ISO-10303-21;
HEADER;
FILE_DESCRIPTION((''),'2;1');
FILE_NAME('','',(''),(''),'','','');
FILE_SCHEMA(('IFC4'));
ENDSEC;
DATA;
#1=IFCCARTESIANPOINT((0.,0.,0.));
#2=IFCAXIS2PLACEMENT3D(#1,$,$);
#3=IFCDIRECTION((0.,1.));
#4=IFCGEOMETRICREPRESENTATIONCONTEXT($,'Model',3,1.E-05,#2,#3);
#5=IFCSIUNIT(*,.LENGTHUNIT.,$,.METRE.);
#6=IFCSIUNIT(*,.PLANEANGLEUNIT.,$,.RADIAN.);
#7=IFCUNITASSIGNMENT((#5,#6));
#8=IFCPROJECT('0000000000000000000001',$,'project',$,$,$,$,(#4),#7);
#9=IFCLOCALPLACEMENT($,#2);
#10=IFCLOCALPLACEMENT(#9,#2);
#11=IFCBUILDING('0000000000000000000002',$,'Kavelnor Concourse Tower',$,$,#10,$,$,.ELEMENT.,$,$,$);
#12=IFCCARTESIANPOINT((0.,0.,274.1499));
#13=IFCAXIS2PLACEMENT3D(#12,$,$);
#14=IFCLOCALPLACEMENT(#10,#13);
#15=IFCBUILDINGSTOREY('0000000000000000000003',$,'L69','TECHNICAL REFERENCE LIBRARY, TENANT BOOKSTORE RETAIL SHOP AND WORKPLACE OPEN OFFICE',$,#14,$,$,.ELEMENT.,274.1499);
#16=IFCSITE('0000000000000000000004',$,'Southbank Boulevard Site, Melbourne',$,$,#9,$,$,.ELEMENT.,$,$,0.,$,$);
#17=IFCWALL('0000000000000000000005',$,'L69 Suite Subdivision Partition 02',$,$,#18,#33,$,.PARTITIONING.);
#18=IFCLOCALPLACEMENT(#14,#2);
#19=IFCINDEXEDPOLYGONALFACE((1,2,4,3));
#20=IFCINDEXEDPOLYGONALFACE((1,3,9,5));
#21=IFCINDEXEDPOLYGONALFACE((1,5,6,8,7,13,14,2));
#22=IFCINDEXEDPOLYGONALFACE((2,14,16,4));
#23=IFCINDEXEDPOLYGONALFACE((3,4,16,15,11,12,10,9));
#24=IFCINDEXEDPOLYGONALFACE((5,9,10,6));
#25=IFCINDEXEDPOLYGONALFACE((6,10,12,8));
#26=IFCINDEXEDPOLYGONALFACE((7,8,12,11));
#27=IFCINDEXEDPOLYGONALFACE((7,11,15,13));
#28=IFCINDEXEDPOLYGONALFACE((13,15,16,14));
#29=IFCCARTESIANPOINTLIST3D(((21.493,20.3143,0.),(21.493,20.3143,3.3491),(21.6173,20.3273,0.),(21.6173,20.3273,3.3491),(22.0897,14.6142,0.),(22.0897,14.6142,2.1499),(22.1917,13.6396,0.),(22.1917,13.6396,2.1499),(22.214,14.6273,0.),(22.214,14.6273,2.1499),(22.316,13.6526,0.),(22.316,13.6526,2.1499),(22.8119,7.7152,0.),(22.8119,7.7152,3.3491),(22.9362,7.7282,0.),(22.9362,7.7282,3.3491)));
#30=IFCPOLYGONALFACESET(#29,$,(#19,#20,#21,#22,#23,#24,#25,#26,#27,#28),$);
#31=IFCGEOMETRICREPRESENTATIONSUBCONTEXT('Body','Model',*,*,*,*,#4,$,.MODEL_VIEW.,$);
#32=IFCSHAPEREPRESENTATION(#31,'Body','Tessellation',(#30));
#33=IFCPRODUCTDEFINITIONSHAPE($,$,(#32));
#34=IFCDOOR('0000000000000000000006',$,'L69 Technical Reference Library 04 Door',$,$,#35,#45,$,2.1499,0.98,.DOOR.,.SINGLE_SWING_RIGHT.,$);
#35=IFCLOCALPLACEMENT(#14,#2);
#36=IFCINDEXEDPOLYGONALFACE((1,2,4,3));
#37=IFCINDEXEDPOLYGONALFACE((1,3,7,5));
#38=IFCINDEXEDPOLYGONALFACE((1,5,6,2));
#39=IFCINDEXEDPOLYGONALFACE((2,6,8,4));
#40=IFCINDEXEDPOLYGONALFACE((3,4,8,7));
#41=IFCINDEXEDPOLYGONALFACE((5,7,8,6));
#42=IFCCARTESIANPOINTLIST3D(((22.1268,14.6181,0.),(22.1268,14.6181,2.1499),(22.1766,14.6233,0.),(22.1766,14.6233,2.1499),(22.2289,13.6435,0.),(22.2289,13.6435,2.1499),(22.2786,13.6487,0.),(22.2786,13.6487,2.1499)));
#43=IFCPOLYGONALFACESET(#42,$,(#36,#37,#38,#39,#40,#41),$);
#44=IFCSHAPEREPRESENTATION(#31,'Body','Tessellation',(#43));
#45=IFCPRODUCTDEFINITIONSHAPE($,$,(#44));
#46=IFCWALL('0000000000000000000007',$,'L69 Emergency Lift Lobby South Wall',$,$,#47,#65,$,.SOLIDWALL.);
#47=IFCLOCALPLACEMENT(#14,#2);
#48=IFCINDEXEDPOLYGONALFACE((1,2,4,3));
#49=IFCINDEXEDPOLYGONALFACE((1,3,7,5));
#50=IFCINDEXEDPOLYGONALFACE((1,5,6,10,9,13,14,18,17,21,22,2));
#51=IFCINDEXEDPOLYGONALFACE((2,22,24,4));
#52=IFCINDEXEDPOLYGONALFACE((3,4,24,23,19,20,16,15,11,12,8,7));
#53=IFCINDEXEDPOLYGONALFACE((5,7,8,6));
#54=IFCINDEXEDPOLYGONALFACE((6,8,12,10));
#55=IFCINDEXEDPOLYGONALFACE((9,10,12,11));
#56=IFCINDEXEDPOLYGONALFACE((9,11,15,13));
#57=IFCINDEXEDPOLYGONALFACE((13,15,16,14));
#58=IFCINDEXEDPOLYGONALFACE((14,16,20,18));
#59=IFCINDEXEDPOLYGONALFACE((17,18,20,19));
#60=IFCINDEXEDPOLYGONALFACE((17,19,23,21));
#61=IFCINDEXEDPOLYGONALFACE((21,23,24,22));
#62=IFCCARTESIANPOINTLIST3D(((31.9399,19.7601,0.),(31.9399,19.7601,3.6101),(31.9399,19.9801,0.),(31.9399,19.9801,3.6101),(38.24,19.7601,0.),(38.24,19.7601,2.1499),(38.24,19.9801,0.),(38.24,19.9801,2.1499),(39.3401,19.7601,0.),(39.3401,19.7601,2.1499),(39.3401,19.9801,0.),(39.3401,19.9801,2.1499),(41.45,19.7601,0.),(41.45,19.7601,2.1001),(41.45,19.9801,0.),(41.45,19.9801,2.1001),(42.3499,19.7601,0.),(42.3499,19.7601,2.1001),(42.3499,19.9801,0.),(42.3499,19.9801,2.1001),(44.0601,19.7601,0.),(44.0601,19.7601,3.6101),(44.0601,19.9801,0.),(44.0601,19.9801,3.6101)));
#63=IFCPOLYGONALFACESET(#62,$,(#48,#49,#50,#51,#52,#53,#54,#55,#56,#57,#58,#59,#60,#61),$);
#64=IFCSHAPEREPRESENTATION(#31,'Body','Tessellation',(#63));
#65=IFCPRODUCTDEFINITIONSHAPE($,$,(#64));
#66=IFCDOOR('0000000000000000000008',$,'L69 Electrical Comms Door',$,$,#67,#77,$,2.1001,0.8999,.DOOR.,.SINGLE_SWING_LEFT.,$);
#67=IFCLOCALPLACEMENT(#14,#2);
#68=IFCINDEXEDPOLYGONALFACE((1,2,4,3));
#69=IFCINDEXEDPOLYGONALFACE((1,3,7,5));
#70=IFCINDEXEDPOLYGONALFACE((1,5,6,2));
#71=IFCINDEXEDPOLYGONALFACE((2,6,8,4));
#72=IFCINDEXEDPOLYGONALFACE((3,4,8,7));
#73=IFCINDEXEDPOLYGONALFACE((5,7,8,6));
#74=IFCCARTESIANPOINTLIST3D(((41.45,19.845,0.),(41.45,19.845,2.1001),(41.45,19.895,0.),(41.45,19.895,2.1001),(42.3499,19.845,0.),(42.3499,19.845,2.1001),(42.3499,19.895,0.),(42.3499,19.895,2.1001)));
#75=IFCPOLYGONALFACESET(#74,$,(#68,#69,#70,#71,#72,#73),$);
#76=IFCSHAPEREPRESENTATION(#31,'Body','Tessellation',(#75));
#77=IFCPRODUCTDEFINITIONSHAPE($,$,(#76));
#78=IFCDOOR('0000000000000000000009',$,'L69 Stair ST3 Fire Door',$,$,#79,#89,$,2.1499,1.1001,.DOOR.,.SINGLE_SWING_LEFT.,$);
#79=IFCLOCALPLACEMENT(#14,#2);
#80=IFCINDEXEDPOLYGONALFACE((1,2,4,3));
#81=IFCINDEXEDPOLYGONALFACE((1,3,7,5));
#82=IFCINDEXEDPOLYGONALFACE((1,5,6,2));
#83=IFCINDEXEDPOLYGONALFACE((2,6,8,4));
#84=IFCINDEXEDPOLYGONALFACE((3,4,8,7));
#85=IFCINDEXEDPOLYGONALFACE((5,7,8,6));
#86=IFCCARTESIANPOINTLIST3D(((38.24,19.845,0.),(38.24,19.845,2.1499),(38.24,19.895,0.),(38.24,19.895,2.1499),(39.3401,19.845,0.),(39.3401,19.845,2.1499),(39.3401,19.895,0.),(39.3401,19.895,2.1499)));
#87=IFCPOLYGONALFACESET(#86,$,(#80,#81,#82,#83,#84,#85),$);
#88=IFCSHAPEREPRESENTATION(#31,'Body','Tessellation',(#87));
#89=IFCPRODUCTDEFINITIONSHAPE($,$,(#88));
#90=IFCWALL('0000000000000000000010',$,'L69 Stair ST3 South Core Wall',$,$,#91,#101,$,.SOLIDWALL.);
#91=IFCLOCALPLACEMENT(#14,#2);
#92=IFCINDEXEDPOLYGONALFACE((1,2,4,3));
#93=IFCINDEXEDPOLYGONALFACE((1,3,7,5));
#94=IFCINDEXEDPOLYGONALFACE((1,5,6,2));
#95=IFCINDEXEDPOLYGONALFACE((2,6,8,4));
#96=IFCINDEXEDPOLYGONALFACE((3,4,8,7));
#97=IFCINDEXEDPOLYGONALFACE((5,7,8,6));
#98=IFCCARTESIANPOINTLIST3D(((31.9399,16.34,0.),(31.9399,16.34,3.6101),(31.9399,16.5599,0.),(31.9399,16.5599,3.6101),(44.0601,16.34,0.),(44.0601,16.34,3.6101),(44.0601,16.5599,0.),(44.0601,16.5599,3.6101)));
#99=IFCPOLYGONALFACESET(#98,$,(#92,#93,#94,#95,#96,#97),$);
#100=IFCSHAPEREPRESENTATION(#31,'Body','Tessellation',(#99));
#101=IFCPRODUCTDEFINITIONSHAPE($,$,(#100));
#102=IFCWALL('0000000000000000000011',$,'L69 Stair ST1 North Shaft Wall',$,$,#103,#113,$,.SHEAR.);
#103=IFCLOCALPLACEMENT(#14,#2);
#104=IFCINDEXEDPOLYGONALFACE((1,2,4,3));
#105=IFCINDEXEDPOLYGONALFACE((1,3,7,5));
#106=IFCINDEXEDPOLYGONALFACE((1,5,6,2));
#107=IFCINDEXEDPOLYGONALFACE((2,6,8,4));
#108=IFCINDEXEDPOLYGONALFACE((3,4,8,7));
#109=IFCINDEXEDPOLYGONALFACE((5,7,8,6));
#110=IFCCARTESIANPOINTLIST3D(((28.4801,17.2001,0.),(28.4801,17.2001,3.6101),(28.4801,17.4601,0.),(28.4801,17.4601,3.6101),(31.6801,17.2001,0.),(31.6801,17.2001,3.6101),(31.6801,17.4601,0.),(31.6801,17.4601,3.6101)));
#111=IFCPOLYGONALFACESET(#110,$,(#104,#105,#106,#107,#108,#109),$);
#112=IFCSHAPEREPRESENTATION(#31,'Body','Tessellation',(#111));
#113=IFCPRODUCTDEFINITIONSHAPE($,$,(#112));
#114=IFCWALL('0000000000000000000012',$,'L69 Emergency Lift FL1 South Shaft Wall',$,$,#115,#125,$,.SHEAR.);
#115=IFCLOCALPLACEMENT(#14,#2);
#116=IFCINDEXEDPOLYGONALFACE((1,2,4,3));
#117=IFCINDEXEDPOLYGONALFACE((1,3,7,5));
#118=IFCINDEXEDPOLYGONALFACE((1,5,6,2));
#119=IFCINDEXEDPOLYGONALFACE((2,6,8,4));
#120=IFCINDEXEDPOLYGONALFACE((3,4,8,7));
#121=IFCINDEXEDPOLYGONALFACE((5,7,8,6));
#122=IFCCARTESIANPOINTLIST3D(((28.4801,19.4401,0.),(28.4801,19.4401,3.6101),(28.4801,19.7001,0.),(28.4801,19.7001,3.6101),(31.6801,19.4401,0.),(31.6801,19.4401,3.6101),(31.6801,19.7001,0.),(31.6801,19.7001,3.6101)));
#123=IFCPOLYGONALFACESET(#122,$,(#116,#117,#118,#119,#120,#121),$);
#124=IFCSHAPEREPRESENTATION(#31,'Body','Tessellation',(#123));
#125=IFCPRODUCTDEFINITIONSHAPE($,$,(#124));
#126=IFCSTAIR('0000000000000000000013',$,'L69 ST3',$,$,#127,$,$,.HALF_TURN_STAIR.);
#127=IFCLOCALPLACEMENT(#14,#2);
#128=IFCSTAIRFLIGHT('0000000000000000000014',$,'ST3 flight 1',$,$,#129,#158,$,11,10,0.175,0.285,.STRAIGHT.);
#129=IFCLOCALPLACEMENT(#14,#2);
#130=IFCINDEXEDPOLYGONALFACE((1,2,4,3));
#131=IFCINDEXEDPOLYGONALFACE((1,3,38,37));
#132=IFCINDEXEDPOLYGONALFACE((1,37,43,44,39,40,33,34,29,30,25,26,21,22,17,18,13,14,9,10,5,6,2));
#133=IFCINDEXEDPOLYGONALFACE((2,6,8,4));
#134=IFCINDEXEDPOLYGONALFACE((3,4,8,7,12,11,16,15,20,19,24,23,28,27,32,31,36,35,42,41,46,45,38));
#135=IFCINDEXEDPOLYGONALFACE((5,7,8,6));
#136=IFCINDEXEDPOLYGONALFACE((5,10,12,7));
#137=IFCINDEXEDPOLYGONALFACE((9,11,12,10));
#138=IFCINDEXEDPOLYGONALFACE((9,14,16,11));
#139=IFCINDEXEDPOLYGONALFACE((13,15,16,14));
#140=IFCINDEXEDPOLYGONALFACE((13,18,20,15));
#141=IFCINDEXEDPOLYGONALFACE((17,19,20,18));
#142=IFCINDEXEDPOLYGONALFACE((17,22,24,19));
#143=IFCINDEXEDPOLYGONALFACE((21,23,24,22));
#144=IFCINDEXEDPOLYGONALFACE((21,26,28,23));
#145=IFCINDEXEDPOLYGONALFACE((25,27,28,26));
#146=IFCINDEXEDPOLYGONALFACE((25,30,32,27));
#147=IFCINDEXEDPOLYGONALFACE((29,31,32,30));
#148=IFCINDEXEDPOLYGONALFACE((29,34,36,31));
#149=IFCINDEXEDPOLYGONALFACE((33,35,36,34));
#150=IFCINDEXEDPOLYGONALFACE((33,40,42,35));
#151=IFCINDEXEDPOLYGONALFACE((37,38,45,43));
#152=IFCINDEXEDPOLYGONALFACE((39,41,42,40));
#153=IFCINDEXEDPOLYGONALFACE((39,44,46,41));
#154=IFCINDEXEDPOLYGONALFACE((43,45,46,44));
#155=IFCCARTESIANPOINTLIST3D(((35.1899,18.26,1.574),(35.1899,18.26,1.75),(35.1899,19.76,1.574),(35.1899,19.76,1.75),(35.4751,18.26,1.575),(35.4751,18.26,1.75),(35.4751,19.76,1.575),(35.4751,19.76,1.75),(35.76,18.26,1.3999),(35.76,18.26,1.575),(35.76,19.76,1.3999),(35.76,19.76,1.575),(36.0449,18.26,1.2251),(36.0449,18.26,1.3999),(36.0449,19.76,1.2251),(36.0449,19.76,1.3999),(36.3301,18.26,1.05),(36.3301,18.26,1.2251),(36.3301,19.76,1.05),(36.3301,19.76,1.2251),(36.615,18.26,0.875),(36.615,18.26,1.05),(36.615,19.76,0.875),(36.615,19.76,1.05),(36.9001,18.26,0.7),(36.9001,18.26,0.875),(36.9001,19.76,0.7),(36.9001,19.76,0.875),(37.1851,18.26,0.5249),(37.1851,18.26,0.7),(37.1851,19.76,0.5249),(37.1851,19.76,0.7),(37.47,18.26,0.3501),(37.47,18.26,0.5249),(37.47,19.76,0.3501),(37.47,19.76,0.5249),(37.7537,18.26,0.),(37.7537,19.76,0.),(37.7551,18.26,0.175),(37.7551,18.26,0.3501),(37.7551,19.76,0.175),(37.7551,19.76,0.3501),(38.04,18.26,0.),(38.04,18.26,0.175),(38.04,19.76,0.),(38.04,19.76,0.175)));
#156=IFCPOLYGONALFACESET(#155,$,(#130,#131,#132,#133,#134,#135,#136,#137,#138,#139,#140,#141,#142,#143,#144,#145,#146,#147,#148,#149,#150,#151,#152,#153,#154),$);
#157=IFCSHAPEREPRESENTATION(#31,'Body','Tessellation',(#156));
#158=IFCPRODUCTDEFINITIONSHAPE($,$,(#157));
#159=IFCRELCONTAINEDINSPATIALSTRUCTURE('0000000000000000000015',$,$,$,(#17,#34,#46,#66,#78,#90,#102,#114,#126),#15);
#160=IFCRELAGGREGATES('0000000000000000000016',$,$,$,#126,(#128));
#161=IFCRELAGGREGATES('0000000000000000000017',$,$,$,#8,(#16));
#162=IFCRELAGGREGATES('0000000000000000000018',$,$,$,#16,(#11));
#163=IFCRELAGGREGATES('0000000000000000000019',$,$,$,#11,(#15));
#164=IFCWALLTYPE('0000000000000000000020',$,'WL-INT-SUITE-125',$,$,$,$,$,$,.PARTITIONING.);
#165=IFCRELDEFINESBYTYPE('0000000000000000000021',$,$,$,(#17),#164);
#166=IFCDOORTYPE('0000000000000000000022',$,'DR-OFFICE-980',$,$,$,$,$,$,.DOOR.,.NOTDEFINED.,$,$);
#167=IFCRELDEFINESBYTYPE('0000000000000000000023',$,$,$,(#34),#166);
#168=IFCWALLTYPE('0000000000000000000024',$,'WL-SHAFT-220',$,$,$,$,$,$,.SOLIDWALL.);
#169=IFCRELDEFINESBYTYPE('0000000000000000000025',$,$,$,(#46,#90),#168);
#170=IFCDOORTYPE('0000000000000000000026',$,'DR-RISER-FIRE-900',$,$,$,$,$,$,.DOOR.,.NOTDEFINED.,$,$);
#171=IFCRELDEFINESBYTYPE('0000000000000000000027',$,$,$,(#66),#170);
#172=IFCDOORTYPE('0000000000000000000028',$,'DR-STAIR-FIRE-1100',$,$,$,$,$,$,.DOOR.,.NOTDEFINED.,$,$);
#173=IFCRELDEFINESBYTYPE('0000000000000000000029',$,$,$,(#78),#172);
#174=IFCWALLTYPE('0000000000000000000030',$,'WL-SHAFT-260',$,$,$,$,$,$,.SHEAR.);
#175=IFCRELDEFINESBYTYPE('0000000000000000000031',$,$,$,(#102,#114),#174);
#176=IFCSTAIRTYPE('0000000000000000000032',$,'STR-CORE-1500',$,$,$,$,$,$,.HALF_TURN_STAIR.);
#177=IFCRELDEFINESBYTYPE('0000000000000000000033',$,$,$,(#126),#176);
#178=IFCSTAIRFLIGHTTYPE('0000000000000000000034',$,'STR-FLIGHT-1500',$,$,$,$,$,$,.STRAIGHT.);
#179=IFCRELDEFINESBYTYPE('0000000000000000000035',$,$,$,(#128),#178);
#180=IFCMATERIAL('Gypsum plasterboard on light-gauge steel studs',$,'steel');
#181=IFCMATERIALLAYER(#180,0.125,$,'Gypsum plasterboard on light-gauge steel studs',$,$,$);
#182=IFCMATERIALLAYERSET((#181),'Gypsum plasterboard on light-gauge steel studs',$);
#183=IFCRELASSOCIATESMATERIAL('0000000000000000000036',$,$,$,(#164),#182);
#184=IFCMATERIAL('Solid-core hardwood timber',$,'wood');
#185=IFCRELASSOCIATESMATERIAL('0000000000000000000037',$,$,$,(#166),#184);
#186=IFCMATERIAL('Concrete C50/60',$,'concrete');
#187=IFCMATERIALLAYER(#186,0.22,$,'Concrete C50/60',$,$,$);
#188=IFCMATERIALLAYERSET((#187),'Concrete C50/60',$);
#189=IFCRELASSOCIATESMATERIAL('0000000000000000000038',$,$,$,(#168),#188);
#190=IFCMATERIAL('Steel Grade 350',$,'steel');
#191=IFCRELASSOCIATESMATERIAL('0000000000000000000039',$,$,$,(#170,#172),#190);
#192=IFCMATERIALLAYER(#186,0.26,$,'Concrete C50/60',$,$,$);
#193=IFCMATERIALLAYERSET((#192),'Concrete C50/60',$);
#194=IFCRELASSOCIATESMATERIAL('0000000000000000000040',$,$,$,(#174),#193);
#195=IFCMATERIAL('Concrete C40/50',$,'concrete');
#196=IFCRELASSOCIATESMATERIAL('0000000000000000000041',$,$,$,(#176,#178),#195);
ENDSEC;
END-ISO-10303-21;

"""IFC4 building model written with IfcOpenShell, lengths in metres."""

from ifc_helpers import new_model, si_unit, direction, frame, frame_2d, origin, place, context, subcontext, project, spatial, polyline, rectangle, outline, extrude, material, layer, layer_set, type_object, element, fill, aggregate, save


model = new_model("IFC4")

# Units and contexts
model_context = context("Model", 3, precision=1e-05, world=origin(), true_north=direction((0.0, 1.0)))
body_context = subcontext(model_context, "Body", "Model", "MODEL_VIEW")
ifc_project = project(units=[si_unit("LENGTHUNIT", "METRE"), si_unit("PLANEANGLEUNIT", "RADIAN")], contexts=[model_context])

# Site, building, storey
site_placement = place(None, origin())
site = spatial("IfcSite", under=ifc_project, at=site_placement, Name="Southbank Boulevard Site, Melbourne", CompositionType="ELEMENT", RefElevation=0.0)
building_placement = place(site_placement, origin())
building = spatial("IfcBuilding", under=site, at=building_placement, Name="Kavelnor Concourse Tower", CompositionType="ELEMENT")
storey_placement = place(building_placement, frame((0.0, 0.0, 274.1499)))
storey = spatial("IfcBuildingStorey", under=building, at=storey_placement, Name="L69", Description="TECHNICAL REFERENCE LIBRARY, TENANT BOOKSTORE RETAIL SHOP AND WORKPLACE OPEN OFFICE", CompositionType="ELEMENT", Elevation=274.1499)

# Shared definitions
ifc_material_1 = material(Name="Steel Grade 350", Category="steel")

# Shared definitions
ifc_material_2 = material(Name="Concrete C50/60", Category="concrete")

# Wall, opening, door
ifc_material_3 = material(Name="Gypsum plasterboard on light-gauge steel studs", Category="steel")
ifc_layer_1 = layer(ifc_material_3, 0.125, Name="Gypsum plasterboard on light-gauge steel studs")
ifc_layer_set_1 = layer_set([ifc_layer_1], Name="Gypsum plasterboard on light-gauge steel studs")
wall_type_1 = type_object("IfcWallType", Name="WL-INT-SUITE-125", PredefinedType="PARTITIONING", material=ifc_layer_set_1)
wall_1_placement = place(storey_placement, frame((21.5552, 20.3208, 0.0), z_axis=(0.0, 0.0, 1.0), x_axis=(0.104109, -0.994566, 0.0)))
wall_1 = element("IfcWall", 1, at=wall_1_placement, inside=storey, type_object=wall_type_1, Name="L69 Suite Subdivision Partition 02", PredefinedType="PARTITIONING", context=body_context, shape_type="SweptSolid", body=[
    extrude(rectangle(XDim=12.668, YDim=0.125, at=frame_2d((6.334, 0.0))), origin(), (0.0, 0.0, 1.0), 3.3491),
])
opening_1_placement = place(wall_1_placement, frame((5.7312, 0.0, 0.0)))
opening_1 = element("IfcOpeningElement", 2, at=opening_1_placement, cuts=wall_1, PredefinedType="OPENING", context=body_context, shape_type="SweptSolid", body=[
    extrude(rectangle(XDim=0.98, YDim=2.1499, at=frame_2d((0.49, 1.075))), frame((0.0, 0.0725, 0.0), z_axis=(0.0, -1.0, 0.0), x_axis=(1.0, 0.0, 0.0)), (0.0, 0.0, 1.0), 0.145),
])
ifc_material_4 = material(Name="Solid-core hardwood timber", Category="wood")
door_type_1 = type_object("IfcDoorType", Name="DR-OFFICE-980", OperationType="NOTDEFINED", PredefinedType="DOOR", material=ifc_material_4)
door_1_placement = place(opening_1_placement, origin())
door_1 = element("IfcDoor", 3, at=door_1_placement, inside=storey, type_object=door_type_1, Name="L69 Technical Reference Library 04 Door", OperationType="SINGLE_SWING_RIGHT", OverallHeight=2.1499, OverallWidth=0.98, PredefinedType="DOOR", context=body_context, shape_type="SweptSolid", body=[
    extrude(rectangle(XDim=0.98, YDim=2.1499, at=frame_2d((0.49, 1.075))), frame((0.0, 0.0249, 0.0), z_axis=(0.0, -1.0, 0.0), x_axis=(1.0, 0.0, 0.0)), (0.0, 0.0, 1.0), 0.05),
])
fill(opening_1, door_1)

# Wall, openings, doors
ifc_layer_2 = layer(ifc_material_2, 0.22, Name="Concrete C50/60")
ifc_layer_set_2 = layer_set([ifc_layer_2], Name="Concrete C50/60")
wall_type_2 = type_object("IfcWallType", Name="WL-SHAFT-220", PredefinedType="SOLIDWALL", material=ifc_layer_set_2)
wall_2_placement = place(storey_placement, frame((31.9399, 19.8701, 0.0), z_axis=(0.0, 0.0, 1.0), x_axis=(1.0, 0.0, 0.0)))
wall_2 = element("IfcWall", 4, at=wall_2_placement, inside=storey, type_object=wall_type_2, Name="L69 Emergency Lift Lobby South Wall", PredefinedType="SOLIDWALL", context=body_context, shape_type="SweptSolid", body=[
    extrude(rectangle(XDim=12.1201, YDim=0.22, at=frame_2d((6.0601, 0.0))), origin(), (0.0, 0.0, 1.0), 3.6101),
])
opening_2_placement = place(wall_2_placement, frame((6.3, 0.0, 0.0)))
opening_2 = element("IfcOpeningElement", 5, at=opening_2_placement, cuts=wall_2, PredefinedType="OPENING", context=body_context, shape_type="SweptSolid", body=[
    extrude(rectangle(XDim=1.1001, YDim=2.1499, at=frame_2d((0.55, 1.075))), frame((0.0, 0.1201, 0.0), z_axis=(0.0, -1.0, 0.0), x_axis=(1.0, 0.0, 0.0)), (0.0, 0.0, 1.0), 0.24),
])
opening_3_placement = place(wall_2_placement, frame((9.51, 0.0, 0.0)))
opening_3 = element("IfcOpeningElement", 6, at=opening_3_placement, cuts=wall_2, PredefinedType="OPENING", context=body_context, shape_type="SweptSolid", body=[
    extrude(rectangle(XDim=0.8999, YDim=2.1001, at=frame_2d((0.45, 1.05))), frame((0.0, 0.1201, 0.0), z_axis=(0.0, -1.0, 0.0), x_axis=(1.0, 0.0, 0.0)), (0.0, 0.0, 1.0), 0.24),
])
door_type_2 = type_object("IfcDoorType", Name="DR-RISER-FIRE-900", OperationType="NOTDEFINED", PredefinedType="DOOR", material=ifc_material_1)
door_2_placement = place(opening_3_placement, origin())
door_2 = element("IfcDoor", 7, at=door_2_placement, inside=storey, type_object=door_type_2, Name="L69 Electrical Comms Door", OperationType="SINGLE_SWING_LEFT", OverallHeight=2.1001, OverallWidth=0.8999, PredefinedType="DOOR", context=body_context, shape_type="SweptSolid", body=[
    extrude(rectangle(XDim=0.8999, YDim=2.1001, at=frame_2d((0.45, 1.05))), frame((0.0, 0.0249, 0.0), z_axis=(0.0, -1.0, 0.0), x_axis=(1.0, 0.0, 0.0)), (0.0, 0.0, 1.0), 0.05),
])
fill(opening_3, door_2)
door_type_3 = type_object("IfcDoorType", Name="DR-STAIR-FIRE-1100", OperationType="NOTDEFINED", PredefinedType="DOOR", material=ifc_material_1)
door_3_placement = place(opening_2_placement, origin())
door_3 = element("IfcDoor", 8, at=door_3_placement, inside=storey, type_object=door_type_3, Name="L69 Stair ST3 Fire Door", OperationType="SINGLE_SWING_LEFT", OverallHeight=2.1499, OverallWidth=1.1001, PredefinedType="DOOR", context=body_context, shape_type="SweptSolid", body=[
    extrude(rectangle(XDim=1.1001, YDim=2.1499, at=frame_2d((0.55, 1.075))), frame((0.0, 0.0249, 0.0), z_axis=(0.0, -1.0, 0.0), x_axis=(1.0, 0.0, 0.0)), (0.0, 0.0, 1.0), 0.05),
])
fill(opening_2, door_3)

# Walls
wall_3_placement = place(storey_placement, frame((31.9399, 16.45, 0.0), z_axis=(0.0, 0.0, 1.0), x_axis=(1.0, 0.0, 0.0)))
element("IfcWall", 9, at=wall_3_placement, inside=storey, type_object=wall_type_2, Name="L69 Stair ST3 South Core Wall", PredefinedType="SOLIDWALL", context=body_context, shape_type="SweptSolid", body=[
    extrude(rectangle(XDim=12.1201, YDim=0.22, at=frame_2d((6.0601, 0.0))), origin(), (0.0, 0.0, 1.0), 3.6101),
])
ifc_layer_3 = layer(ifc_material_2, 0.26, Name="Concrete C50/60")
ifc_layer_set_3 = layer_set([ifc_layer_3], Name="Concrete C50/60")
wall_type_3 = type_object("IfcWallType", Name="WL-SHAFT-260", PredefinedType="SHEAR", material=ifc_layer_set_3)
for number, where, z_axis, x_axis, name in (
    (10, (28.48, 17.3301, 0.0), (0.0, 0.0, 1.0), (1.0, 0.0, 0.0), "L69 Stair ST1 North Shaft Wall"),
    (11, (28.48, 19.5701, 0.0), (0.0, 0.0, 1.0), (1.0, 0.0, 0.0), "L69 Emergency Lift FL1 South Shaft Wall"),
):
    element("IfcWall", number, at=place(storey_placement, frame(where, z_axis=z_axis, x_axis=x_axis)), inside=storey, type_object=wall_type_3, Name=name, PredefinedType="SHEAR", context=body_context, shape_type="SweptSolid", body=[
        extrude(rectangle(XDim=3.2, YDim=0.26, at=frame_2d((1.6001, 0.0))), origin(), (0.0, 0.0, 1.0), 3.6101),
    ])

# Stair, stair flight
ifc_material_5 = material(Name="Concrete C40/50", Category="concrete")
stair_type = type_object("IfcStairType", Name="STR-CORE-1500", PredefinedType="HALF_TURN_STAIR", material=ifc_material_5)
stair_placement = place(storey_placement, origin())
stair = element("IfcStair", 12, at=stair_placement, inside=storey, type_object=stair_type, Name="L69 ST3", PredefinedType="HALF_TURN_STAIR")
stair_flight_type = type_object("IfcStairFlightType", Name="STR-FLIGHT-1500", PredefinedType="STRAIGHT", material=ifc_material_5)
stair_flight_1_placement = place(storey_placement, frame((38.04, 19.01, 0.0), z_axis=(0.0, 0.0, 1.0), x_axis=(-1.0, 0.0, 0.0)))
stair_flight_1 = element("IfcStairFlight", 13, at=stair_flight_1_placement, type_object=stair_flight_type, Name="ST3 flight 1", NumberOfRisers=11, NumberOfTreads=10, PredefinedType="STRAIGHT", RiserHeight=0.175, TreadLength=0.285, context=body_context, shape_type="SweptSolid", body=[
    extrude(outline(polyline([(0.0, 0.0), (0.0, 0.175), (0.2849, 0.175), (0.2849, 0.3501), (0.5701, 0.3501), (0.5701, 0.5249), (0.855, 0.5249), (0.855, 0.7), (1.1399, 0.7), (1.1399, 0.875), (1.425, 0.875), (1.425, 1.05), (1.71, 1.05), (1.71, 1.2251), (1.9951, 1.2251), (1.9951, 1.3999), (2.28, 1.3999), (2.28, 1.575), (2.5649, 1.575), (2.5649, 1.75), (2.8501, 1.75), (2.8501, 1.925), (2.8501, 1.574), (0.2864, 0.0), (0.0, 0.0)])), frame((0.0, 0.75, 0.0), z_axis=(0.0, -1.0, 0.0), x_axis=(1.0, 0.0, 0.0)), (0.0, 0.0, 1.0), 1.5),
])
aggregate(stair, [stair_flight_1])

save(model, "model.ifc")
